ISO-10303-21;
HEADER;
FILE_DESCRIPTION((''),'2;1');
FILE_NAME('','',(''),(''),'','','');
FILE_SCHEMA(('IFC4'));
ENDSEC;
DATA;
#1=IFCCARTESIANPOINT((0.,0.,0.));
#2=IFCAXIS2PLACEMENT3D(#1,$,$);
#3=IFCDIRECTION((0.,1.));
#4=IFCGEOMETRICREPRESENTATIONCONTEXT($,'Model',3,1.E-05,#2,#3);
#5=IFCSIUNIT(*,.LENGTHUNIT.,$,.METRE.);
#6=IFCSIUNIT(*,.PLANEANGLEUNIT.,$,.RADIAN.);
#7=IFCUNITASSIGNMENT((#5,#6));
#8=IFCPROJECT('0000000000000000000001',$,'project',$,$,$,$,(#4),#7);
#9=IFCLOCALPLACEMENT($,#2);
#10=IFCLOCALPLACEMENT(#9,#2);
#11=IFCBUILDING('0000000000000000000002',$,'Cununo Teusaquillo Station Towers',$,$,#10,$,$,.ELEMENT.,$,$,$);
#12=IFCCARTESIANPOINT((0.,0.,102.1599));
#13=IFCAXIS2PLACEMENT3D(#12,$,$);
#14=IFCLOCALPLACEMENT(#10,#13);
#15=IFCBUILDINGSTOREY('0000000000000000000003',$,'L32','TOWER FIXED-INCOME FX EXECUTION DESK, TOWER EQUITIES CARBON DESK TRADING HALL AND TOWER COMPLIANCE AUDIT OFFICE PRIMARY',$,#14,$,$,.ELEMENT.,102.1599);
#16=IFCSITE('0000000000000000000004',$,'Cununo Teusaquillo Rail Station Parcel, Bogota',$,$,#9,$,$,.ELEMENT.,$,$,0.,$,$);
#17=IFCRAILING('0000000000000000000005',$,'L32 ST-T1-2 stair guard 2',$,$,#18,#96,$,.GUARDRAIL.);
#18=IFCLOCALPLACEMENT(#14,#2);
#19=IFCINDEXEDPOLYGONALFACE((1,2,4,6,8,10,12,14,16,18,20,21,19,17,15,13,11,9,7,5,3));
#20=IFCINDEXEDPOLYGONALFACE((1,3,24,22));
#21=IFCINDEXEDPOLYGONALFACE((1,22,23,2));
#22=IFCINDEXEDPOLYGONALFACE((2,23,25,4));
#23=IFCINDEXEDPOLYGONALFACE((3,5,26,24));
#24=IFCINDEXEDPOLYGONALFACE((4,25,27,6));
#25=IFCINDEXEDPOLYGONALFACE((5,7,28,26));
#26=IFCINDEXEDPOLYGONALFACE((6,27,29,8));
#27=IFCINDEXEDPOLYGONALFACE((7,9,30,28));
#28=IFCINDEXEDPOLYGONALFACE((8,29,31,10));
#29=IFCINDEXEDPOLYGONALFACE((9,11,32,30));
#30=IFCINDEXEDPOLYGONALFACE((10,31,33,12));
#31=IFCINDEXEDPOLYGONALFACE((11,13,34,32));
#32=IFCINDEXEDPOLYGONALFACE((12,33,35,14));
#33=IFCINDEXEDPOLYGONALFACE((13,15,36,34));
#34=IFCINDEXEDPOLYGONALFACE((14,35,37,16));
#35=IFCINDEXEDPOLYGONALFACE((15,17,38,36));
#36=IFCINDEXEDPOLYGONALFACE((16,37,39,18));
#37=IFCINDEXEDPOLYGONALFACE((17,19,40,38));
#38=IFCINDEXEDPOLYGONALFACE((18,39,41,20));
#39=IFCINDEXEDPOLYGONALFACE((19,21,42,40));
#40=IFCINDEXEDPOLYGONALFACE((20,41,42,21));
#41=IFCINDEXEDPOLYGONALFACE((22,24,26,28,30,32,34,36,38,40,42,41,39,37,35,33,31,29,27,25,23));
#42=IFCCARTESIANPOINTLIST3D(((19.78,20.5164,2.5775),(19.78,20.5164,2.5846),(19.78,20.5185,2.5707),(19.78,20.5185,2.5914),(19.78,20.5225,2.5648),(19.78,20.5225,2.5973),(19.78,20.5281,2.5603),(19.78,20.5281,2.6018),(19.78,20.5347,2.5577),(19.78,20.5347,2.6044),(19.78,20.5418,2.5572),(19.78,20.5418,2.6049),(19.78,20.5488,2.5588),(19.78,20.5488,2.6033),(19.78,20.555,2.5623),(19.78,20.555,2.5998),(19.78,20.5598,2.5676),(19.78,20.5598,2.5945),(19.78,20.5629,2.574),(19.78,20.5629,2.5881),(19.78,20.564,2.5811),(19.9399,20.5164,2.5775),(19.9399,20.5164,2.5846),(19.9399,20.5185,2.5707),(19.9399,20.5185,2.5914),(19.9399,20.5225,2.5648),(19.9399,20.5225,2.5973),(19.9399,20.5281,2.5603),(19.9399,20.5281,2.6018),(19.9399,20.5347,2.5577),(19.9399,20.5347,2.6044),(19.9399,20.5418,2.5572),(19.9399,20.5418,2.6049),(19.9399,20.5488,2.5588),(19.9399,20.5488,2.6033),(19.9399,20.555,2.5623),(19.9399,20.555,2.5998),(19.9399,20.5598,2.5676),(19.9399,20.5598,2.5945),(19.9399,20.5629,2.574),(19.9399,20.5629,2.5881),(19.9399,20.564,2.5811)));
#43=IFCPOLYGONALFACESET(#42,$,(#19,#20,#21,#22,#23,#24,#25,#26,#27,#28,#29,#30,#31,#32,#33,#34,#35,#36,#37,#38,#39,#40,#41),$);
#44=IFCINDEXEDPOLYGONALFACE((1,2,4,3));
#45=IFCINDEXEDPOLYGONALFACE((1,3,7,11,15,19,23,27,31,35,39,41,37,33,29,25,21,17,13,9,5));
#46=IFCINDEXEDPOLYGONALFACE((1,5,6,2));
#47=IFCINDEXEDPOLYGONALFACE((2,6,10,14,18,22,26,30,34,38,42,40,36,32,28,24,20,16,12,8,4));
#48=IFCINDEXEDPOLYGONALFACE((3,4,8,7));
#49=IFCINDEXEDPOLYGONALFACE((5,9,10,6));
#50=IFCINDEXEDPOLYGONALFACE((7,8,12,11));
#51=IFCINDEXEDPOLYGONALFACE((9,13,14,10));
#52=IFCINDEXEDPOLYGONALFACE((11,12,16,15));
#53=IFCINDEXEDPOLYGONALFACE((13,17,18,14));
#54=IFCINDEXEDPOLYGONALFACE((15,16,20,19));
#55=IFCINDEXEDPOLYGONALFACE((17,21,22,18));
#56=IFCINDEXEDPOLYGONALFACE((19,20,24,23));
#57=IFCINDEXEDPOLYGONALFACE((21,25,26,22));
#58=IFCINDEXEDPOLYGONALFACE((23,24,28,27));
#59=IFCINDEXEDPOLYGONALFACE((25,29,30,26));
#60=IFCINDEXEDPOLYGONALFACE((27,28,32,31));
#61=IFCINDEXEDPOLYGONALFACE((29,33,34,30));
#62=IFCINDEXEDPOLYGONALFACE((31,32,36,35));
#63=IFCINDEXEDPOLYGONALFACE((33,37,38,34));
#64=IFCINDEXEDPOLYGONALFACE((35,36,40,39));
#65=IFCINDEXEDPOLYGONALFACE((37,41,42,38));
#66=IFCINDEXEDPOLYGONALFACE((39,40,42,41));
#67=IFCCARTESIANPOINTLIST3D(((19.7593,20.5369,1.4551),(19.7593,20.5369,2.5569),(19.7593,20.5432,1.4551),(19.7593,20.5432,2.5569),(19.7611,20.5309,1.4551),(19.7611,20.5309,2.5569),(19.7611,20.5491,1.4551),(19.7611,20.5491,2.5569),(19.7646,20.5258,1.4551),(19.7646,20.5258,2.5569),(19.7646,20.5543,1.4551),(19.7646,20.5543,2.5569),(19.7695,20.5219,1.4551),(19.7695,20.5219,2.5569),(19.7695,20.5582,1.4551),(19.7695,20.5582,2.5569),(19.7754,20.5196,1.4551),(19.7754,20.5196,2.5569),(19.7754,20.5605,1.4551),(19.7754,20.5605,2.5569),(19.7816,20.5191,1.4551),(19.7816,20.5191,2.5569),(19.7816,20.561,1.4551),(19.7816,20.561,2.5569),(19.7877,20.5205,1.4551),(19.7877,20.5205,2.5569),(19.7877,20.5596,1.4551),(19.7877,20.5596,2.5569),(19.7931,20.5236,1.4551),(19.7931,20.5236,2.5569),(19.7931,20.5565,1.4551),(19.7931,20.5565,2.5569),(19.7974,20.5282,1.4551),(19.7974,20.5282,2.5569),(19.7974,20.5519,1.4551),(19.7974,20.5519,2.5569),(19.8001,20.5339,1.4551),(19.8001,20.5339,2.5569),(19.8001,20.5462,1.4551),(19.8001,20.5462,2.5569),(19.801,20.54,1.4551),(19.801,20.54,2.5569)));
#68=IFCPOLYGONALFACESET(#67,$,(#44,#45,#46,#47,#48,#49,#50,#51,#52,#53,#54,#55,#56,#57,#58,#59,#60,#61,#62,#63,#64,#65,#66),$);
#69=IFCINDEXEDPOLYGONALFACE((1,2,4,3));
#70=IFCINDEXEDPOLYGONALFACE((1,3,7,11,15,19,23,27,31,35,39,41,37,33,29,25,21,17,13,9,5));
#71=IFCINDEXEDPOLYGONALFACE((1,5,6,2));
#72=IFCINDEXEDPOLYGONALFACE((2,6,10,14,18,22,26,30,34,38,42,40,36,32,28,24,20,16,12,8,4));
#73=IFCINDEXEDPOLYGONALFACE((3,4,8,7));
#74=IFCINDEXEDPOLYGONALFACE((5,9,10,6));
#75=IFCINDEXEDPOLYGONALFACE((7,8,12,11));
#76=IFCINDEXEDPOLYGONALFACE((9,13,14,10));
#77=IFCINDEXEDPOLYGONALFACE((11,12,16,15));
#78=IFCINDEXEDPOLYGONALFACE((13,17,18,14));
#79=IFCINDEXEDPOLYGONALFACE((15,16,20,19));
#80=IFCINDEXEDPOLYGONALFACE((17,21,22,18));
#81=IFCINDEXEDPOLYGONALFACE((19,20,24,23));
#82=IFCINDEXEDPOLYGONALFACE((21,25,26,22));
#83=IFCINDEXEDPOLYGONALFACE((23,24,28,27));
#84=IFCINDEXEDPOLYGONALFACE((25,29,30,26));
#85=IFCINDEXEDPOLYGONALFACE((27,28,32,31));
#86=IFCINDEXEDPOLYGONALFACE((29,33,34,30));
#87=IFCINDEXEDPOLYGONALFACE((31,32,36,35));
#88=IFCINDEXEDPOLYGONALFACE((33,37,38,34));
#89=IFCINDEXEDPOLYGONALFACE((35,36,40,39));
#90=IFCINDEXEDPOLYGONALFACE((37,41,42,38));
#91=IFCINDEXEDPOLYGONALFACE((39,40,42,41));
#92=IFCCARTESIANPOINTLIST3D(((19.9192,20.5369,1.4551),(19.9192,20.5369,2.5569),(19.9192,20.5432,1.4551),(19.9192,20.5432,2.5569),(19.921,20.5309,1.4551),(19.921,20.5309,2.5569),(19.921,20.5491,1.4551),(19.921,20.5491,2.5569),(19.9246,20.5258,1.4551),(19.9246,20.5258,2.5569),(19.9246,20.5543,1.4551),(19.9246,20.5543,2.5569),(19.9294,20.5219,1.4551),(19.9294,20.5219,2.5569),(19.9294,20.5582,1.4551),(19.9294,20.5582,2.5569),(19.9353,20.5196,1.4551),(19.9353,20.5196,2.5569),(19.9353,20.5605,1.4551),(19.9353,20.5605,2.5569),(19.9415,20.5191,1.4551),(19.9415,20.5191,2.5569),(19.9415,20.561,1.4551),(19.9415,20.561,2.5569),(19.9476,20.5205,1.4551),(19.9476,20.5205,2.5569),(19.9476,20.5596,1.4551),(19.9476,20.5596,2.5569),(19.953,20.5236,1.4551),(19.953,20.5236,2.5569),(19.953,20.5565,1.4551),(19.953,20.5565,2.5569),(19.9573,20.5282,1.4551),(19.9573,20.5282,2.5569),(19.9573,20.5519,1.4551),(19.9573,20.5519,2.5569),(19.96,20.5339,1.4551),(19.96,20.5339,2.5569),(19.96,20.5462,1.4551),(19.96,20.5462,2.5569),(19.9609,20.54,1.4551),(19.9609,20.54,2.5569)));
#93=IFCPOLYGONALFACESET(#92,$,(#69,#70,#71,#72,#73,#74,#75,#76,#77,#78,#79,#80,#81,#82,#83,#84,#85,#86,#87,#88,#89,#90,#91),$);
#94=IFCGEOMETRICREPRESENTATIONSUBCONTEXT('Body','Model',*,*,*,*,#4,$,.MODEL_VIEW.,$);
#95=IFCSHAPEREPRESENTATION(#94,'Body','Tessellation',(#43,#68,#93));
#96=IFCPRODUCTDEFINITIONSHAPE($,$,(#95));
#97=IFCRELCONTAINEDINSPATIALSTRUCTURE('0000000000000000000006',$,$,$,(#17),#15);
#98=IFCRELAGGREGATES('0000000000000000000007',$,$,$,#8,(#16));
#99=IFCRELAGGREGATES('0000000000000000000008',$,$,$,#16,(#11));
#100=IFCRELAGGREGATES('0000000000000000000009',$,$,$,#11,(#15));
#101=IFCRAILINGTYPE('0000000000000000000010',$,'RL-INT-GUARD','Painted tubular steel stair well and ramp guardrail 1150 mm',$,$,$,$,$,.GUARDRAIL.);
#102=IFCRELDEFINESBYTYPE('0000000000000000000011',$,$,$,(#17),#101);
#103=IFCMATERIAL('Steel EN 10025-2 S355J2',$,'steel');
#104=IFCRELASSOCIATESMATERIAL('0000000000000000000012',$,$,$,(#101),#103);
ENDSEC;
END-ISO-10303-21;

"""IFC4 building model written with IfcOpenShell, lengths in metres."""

from ifc_helpers import new_model, si_unit, direction, frame, origin, origin_2d, place, context, subcontext, project, spatial, circle, extrude, material, type_object, element, save


model = new_model("IFC4")

# Units and contexts
model_context = context("Model", 3, precision=1e-05, world=origin(), true_north=direction((0.0, 1.0)))
body_context = subcontext(model_context, "Body", "Model", "MODEL_VIEW")
ifc_project = project(units=[si_unit("LENGTHUNIT", "METRE"), si_unit("PLANEANGLEUNIT", "RADIAN")], contexts=[model_context])

# Site, building, storey
site_placement = place(None, origin())
site = spatial("IfcSite", under=ifc_project, at=site_placement, Name="Cununo Teusaquillo Rail Station Parcel, Bogota", CompositionType="ELEMENT", RefElevation=0.0)
building_placement = place(site_placement, origin())
building = spatial("IfcBuilding", under=site, at=building_placement, Name="Cununo Teusaquillo Station Towers", CompositionType="ELEMENT")
storey_placement = place(building_placement, frame((0.0, 0.0, 102.1599)))
storey = spatial("IfcBuildingStorey", under=building, at=storey_placement, Name="L32", Description="TOWER FIXED-INCOME FX EXECUTION DESK, TOWER EQUITIES CARBON DESK TRADING HALL AND TOWER COMPLIANCE AUDIT OFFICE PRIMARY", CompositionType="ELEMENT", Elevation=102.1599)

# Railing
ifc_material_1 = material(Name="Steel EN 10025-2 S355J2", Category="steel")
railing_type_1 = type_object("IfcRailingType", Name="RL-INT-GUARD", Description="Painted tubular steel stair well and ramp guardrail 1150 mm", PredefinedType="GUARDRAIL", material=ifc_material_1)
railing_1_placement = place(storey_placement, frame((19.78, 20.54, 1.4551)))
element("IfcRailing", 1, at=railing_1_placement, inside=storey, type_object=railing_type_1, Name="L32 ST-T1-2 stair guard 2", PredefinedType="GUARDRAIL", context=body_context, shape_type="SweptSolid", body=[
    extrude(circle(Radius=0.0239, at=origin_2d()), frame((0.0, 0.0, 1.126), z_axis=(1.0, 0.0, 0.0), x_axis=(0.0, 1.0, 0.0)), (0.0, 0.0, 1.0), 0.1599),
    extrude(circle(Radius=0.021, at=origin_2d()), origin(), (0.0, 0.0, 1.0), 1.1018),
    extrude(circle(Radius=0.021, at=origin_2d()), frame((0.1599, 0.0, 0.0)), (0.0, 0.0, 1.0), 1.1018),
])

save(model, "model.ifc")
